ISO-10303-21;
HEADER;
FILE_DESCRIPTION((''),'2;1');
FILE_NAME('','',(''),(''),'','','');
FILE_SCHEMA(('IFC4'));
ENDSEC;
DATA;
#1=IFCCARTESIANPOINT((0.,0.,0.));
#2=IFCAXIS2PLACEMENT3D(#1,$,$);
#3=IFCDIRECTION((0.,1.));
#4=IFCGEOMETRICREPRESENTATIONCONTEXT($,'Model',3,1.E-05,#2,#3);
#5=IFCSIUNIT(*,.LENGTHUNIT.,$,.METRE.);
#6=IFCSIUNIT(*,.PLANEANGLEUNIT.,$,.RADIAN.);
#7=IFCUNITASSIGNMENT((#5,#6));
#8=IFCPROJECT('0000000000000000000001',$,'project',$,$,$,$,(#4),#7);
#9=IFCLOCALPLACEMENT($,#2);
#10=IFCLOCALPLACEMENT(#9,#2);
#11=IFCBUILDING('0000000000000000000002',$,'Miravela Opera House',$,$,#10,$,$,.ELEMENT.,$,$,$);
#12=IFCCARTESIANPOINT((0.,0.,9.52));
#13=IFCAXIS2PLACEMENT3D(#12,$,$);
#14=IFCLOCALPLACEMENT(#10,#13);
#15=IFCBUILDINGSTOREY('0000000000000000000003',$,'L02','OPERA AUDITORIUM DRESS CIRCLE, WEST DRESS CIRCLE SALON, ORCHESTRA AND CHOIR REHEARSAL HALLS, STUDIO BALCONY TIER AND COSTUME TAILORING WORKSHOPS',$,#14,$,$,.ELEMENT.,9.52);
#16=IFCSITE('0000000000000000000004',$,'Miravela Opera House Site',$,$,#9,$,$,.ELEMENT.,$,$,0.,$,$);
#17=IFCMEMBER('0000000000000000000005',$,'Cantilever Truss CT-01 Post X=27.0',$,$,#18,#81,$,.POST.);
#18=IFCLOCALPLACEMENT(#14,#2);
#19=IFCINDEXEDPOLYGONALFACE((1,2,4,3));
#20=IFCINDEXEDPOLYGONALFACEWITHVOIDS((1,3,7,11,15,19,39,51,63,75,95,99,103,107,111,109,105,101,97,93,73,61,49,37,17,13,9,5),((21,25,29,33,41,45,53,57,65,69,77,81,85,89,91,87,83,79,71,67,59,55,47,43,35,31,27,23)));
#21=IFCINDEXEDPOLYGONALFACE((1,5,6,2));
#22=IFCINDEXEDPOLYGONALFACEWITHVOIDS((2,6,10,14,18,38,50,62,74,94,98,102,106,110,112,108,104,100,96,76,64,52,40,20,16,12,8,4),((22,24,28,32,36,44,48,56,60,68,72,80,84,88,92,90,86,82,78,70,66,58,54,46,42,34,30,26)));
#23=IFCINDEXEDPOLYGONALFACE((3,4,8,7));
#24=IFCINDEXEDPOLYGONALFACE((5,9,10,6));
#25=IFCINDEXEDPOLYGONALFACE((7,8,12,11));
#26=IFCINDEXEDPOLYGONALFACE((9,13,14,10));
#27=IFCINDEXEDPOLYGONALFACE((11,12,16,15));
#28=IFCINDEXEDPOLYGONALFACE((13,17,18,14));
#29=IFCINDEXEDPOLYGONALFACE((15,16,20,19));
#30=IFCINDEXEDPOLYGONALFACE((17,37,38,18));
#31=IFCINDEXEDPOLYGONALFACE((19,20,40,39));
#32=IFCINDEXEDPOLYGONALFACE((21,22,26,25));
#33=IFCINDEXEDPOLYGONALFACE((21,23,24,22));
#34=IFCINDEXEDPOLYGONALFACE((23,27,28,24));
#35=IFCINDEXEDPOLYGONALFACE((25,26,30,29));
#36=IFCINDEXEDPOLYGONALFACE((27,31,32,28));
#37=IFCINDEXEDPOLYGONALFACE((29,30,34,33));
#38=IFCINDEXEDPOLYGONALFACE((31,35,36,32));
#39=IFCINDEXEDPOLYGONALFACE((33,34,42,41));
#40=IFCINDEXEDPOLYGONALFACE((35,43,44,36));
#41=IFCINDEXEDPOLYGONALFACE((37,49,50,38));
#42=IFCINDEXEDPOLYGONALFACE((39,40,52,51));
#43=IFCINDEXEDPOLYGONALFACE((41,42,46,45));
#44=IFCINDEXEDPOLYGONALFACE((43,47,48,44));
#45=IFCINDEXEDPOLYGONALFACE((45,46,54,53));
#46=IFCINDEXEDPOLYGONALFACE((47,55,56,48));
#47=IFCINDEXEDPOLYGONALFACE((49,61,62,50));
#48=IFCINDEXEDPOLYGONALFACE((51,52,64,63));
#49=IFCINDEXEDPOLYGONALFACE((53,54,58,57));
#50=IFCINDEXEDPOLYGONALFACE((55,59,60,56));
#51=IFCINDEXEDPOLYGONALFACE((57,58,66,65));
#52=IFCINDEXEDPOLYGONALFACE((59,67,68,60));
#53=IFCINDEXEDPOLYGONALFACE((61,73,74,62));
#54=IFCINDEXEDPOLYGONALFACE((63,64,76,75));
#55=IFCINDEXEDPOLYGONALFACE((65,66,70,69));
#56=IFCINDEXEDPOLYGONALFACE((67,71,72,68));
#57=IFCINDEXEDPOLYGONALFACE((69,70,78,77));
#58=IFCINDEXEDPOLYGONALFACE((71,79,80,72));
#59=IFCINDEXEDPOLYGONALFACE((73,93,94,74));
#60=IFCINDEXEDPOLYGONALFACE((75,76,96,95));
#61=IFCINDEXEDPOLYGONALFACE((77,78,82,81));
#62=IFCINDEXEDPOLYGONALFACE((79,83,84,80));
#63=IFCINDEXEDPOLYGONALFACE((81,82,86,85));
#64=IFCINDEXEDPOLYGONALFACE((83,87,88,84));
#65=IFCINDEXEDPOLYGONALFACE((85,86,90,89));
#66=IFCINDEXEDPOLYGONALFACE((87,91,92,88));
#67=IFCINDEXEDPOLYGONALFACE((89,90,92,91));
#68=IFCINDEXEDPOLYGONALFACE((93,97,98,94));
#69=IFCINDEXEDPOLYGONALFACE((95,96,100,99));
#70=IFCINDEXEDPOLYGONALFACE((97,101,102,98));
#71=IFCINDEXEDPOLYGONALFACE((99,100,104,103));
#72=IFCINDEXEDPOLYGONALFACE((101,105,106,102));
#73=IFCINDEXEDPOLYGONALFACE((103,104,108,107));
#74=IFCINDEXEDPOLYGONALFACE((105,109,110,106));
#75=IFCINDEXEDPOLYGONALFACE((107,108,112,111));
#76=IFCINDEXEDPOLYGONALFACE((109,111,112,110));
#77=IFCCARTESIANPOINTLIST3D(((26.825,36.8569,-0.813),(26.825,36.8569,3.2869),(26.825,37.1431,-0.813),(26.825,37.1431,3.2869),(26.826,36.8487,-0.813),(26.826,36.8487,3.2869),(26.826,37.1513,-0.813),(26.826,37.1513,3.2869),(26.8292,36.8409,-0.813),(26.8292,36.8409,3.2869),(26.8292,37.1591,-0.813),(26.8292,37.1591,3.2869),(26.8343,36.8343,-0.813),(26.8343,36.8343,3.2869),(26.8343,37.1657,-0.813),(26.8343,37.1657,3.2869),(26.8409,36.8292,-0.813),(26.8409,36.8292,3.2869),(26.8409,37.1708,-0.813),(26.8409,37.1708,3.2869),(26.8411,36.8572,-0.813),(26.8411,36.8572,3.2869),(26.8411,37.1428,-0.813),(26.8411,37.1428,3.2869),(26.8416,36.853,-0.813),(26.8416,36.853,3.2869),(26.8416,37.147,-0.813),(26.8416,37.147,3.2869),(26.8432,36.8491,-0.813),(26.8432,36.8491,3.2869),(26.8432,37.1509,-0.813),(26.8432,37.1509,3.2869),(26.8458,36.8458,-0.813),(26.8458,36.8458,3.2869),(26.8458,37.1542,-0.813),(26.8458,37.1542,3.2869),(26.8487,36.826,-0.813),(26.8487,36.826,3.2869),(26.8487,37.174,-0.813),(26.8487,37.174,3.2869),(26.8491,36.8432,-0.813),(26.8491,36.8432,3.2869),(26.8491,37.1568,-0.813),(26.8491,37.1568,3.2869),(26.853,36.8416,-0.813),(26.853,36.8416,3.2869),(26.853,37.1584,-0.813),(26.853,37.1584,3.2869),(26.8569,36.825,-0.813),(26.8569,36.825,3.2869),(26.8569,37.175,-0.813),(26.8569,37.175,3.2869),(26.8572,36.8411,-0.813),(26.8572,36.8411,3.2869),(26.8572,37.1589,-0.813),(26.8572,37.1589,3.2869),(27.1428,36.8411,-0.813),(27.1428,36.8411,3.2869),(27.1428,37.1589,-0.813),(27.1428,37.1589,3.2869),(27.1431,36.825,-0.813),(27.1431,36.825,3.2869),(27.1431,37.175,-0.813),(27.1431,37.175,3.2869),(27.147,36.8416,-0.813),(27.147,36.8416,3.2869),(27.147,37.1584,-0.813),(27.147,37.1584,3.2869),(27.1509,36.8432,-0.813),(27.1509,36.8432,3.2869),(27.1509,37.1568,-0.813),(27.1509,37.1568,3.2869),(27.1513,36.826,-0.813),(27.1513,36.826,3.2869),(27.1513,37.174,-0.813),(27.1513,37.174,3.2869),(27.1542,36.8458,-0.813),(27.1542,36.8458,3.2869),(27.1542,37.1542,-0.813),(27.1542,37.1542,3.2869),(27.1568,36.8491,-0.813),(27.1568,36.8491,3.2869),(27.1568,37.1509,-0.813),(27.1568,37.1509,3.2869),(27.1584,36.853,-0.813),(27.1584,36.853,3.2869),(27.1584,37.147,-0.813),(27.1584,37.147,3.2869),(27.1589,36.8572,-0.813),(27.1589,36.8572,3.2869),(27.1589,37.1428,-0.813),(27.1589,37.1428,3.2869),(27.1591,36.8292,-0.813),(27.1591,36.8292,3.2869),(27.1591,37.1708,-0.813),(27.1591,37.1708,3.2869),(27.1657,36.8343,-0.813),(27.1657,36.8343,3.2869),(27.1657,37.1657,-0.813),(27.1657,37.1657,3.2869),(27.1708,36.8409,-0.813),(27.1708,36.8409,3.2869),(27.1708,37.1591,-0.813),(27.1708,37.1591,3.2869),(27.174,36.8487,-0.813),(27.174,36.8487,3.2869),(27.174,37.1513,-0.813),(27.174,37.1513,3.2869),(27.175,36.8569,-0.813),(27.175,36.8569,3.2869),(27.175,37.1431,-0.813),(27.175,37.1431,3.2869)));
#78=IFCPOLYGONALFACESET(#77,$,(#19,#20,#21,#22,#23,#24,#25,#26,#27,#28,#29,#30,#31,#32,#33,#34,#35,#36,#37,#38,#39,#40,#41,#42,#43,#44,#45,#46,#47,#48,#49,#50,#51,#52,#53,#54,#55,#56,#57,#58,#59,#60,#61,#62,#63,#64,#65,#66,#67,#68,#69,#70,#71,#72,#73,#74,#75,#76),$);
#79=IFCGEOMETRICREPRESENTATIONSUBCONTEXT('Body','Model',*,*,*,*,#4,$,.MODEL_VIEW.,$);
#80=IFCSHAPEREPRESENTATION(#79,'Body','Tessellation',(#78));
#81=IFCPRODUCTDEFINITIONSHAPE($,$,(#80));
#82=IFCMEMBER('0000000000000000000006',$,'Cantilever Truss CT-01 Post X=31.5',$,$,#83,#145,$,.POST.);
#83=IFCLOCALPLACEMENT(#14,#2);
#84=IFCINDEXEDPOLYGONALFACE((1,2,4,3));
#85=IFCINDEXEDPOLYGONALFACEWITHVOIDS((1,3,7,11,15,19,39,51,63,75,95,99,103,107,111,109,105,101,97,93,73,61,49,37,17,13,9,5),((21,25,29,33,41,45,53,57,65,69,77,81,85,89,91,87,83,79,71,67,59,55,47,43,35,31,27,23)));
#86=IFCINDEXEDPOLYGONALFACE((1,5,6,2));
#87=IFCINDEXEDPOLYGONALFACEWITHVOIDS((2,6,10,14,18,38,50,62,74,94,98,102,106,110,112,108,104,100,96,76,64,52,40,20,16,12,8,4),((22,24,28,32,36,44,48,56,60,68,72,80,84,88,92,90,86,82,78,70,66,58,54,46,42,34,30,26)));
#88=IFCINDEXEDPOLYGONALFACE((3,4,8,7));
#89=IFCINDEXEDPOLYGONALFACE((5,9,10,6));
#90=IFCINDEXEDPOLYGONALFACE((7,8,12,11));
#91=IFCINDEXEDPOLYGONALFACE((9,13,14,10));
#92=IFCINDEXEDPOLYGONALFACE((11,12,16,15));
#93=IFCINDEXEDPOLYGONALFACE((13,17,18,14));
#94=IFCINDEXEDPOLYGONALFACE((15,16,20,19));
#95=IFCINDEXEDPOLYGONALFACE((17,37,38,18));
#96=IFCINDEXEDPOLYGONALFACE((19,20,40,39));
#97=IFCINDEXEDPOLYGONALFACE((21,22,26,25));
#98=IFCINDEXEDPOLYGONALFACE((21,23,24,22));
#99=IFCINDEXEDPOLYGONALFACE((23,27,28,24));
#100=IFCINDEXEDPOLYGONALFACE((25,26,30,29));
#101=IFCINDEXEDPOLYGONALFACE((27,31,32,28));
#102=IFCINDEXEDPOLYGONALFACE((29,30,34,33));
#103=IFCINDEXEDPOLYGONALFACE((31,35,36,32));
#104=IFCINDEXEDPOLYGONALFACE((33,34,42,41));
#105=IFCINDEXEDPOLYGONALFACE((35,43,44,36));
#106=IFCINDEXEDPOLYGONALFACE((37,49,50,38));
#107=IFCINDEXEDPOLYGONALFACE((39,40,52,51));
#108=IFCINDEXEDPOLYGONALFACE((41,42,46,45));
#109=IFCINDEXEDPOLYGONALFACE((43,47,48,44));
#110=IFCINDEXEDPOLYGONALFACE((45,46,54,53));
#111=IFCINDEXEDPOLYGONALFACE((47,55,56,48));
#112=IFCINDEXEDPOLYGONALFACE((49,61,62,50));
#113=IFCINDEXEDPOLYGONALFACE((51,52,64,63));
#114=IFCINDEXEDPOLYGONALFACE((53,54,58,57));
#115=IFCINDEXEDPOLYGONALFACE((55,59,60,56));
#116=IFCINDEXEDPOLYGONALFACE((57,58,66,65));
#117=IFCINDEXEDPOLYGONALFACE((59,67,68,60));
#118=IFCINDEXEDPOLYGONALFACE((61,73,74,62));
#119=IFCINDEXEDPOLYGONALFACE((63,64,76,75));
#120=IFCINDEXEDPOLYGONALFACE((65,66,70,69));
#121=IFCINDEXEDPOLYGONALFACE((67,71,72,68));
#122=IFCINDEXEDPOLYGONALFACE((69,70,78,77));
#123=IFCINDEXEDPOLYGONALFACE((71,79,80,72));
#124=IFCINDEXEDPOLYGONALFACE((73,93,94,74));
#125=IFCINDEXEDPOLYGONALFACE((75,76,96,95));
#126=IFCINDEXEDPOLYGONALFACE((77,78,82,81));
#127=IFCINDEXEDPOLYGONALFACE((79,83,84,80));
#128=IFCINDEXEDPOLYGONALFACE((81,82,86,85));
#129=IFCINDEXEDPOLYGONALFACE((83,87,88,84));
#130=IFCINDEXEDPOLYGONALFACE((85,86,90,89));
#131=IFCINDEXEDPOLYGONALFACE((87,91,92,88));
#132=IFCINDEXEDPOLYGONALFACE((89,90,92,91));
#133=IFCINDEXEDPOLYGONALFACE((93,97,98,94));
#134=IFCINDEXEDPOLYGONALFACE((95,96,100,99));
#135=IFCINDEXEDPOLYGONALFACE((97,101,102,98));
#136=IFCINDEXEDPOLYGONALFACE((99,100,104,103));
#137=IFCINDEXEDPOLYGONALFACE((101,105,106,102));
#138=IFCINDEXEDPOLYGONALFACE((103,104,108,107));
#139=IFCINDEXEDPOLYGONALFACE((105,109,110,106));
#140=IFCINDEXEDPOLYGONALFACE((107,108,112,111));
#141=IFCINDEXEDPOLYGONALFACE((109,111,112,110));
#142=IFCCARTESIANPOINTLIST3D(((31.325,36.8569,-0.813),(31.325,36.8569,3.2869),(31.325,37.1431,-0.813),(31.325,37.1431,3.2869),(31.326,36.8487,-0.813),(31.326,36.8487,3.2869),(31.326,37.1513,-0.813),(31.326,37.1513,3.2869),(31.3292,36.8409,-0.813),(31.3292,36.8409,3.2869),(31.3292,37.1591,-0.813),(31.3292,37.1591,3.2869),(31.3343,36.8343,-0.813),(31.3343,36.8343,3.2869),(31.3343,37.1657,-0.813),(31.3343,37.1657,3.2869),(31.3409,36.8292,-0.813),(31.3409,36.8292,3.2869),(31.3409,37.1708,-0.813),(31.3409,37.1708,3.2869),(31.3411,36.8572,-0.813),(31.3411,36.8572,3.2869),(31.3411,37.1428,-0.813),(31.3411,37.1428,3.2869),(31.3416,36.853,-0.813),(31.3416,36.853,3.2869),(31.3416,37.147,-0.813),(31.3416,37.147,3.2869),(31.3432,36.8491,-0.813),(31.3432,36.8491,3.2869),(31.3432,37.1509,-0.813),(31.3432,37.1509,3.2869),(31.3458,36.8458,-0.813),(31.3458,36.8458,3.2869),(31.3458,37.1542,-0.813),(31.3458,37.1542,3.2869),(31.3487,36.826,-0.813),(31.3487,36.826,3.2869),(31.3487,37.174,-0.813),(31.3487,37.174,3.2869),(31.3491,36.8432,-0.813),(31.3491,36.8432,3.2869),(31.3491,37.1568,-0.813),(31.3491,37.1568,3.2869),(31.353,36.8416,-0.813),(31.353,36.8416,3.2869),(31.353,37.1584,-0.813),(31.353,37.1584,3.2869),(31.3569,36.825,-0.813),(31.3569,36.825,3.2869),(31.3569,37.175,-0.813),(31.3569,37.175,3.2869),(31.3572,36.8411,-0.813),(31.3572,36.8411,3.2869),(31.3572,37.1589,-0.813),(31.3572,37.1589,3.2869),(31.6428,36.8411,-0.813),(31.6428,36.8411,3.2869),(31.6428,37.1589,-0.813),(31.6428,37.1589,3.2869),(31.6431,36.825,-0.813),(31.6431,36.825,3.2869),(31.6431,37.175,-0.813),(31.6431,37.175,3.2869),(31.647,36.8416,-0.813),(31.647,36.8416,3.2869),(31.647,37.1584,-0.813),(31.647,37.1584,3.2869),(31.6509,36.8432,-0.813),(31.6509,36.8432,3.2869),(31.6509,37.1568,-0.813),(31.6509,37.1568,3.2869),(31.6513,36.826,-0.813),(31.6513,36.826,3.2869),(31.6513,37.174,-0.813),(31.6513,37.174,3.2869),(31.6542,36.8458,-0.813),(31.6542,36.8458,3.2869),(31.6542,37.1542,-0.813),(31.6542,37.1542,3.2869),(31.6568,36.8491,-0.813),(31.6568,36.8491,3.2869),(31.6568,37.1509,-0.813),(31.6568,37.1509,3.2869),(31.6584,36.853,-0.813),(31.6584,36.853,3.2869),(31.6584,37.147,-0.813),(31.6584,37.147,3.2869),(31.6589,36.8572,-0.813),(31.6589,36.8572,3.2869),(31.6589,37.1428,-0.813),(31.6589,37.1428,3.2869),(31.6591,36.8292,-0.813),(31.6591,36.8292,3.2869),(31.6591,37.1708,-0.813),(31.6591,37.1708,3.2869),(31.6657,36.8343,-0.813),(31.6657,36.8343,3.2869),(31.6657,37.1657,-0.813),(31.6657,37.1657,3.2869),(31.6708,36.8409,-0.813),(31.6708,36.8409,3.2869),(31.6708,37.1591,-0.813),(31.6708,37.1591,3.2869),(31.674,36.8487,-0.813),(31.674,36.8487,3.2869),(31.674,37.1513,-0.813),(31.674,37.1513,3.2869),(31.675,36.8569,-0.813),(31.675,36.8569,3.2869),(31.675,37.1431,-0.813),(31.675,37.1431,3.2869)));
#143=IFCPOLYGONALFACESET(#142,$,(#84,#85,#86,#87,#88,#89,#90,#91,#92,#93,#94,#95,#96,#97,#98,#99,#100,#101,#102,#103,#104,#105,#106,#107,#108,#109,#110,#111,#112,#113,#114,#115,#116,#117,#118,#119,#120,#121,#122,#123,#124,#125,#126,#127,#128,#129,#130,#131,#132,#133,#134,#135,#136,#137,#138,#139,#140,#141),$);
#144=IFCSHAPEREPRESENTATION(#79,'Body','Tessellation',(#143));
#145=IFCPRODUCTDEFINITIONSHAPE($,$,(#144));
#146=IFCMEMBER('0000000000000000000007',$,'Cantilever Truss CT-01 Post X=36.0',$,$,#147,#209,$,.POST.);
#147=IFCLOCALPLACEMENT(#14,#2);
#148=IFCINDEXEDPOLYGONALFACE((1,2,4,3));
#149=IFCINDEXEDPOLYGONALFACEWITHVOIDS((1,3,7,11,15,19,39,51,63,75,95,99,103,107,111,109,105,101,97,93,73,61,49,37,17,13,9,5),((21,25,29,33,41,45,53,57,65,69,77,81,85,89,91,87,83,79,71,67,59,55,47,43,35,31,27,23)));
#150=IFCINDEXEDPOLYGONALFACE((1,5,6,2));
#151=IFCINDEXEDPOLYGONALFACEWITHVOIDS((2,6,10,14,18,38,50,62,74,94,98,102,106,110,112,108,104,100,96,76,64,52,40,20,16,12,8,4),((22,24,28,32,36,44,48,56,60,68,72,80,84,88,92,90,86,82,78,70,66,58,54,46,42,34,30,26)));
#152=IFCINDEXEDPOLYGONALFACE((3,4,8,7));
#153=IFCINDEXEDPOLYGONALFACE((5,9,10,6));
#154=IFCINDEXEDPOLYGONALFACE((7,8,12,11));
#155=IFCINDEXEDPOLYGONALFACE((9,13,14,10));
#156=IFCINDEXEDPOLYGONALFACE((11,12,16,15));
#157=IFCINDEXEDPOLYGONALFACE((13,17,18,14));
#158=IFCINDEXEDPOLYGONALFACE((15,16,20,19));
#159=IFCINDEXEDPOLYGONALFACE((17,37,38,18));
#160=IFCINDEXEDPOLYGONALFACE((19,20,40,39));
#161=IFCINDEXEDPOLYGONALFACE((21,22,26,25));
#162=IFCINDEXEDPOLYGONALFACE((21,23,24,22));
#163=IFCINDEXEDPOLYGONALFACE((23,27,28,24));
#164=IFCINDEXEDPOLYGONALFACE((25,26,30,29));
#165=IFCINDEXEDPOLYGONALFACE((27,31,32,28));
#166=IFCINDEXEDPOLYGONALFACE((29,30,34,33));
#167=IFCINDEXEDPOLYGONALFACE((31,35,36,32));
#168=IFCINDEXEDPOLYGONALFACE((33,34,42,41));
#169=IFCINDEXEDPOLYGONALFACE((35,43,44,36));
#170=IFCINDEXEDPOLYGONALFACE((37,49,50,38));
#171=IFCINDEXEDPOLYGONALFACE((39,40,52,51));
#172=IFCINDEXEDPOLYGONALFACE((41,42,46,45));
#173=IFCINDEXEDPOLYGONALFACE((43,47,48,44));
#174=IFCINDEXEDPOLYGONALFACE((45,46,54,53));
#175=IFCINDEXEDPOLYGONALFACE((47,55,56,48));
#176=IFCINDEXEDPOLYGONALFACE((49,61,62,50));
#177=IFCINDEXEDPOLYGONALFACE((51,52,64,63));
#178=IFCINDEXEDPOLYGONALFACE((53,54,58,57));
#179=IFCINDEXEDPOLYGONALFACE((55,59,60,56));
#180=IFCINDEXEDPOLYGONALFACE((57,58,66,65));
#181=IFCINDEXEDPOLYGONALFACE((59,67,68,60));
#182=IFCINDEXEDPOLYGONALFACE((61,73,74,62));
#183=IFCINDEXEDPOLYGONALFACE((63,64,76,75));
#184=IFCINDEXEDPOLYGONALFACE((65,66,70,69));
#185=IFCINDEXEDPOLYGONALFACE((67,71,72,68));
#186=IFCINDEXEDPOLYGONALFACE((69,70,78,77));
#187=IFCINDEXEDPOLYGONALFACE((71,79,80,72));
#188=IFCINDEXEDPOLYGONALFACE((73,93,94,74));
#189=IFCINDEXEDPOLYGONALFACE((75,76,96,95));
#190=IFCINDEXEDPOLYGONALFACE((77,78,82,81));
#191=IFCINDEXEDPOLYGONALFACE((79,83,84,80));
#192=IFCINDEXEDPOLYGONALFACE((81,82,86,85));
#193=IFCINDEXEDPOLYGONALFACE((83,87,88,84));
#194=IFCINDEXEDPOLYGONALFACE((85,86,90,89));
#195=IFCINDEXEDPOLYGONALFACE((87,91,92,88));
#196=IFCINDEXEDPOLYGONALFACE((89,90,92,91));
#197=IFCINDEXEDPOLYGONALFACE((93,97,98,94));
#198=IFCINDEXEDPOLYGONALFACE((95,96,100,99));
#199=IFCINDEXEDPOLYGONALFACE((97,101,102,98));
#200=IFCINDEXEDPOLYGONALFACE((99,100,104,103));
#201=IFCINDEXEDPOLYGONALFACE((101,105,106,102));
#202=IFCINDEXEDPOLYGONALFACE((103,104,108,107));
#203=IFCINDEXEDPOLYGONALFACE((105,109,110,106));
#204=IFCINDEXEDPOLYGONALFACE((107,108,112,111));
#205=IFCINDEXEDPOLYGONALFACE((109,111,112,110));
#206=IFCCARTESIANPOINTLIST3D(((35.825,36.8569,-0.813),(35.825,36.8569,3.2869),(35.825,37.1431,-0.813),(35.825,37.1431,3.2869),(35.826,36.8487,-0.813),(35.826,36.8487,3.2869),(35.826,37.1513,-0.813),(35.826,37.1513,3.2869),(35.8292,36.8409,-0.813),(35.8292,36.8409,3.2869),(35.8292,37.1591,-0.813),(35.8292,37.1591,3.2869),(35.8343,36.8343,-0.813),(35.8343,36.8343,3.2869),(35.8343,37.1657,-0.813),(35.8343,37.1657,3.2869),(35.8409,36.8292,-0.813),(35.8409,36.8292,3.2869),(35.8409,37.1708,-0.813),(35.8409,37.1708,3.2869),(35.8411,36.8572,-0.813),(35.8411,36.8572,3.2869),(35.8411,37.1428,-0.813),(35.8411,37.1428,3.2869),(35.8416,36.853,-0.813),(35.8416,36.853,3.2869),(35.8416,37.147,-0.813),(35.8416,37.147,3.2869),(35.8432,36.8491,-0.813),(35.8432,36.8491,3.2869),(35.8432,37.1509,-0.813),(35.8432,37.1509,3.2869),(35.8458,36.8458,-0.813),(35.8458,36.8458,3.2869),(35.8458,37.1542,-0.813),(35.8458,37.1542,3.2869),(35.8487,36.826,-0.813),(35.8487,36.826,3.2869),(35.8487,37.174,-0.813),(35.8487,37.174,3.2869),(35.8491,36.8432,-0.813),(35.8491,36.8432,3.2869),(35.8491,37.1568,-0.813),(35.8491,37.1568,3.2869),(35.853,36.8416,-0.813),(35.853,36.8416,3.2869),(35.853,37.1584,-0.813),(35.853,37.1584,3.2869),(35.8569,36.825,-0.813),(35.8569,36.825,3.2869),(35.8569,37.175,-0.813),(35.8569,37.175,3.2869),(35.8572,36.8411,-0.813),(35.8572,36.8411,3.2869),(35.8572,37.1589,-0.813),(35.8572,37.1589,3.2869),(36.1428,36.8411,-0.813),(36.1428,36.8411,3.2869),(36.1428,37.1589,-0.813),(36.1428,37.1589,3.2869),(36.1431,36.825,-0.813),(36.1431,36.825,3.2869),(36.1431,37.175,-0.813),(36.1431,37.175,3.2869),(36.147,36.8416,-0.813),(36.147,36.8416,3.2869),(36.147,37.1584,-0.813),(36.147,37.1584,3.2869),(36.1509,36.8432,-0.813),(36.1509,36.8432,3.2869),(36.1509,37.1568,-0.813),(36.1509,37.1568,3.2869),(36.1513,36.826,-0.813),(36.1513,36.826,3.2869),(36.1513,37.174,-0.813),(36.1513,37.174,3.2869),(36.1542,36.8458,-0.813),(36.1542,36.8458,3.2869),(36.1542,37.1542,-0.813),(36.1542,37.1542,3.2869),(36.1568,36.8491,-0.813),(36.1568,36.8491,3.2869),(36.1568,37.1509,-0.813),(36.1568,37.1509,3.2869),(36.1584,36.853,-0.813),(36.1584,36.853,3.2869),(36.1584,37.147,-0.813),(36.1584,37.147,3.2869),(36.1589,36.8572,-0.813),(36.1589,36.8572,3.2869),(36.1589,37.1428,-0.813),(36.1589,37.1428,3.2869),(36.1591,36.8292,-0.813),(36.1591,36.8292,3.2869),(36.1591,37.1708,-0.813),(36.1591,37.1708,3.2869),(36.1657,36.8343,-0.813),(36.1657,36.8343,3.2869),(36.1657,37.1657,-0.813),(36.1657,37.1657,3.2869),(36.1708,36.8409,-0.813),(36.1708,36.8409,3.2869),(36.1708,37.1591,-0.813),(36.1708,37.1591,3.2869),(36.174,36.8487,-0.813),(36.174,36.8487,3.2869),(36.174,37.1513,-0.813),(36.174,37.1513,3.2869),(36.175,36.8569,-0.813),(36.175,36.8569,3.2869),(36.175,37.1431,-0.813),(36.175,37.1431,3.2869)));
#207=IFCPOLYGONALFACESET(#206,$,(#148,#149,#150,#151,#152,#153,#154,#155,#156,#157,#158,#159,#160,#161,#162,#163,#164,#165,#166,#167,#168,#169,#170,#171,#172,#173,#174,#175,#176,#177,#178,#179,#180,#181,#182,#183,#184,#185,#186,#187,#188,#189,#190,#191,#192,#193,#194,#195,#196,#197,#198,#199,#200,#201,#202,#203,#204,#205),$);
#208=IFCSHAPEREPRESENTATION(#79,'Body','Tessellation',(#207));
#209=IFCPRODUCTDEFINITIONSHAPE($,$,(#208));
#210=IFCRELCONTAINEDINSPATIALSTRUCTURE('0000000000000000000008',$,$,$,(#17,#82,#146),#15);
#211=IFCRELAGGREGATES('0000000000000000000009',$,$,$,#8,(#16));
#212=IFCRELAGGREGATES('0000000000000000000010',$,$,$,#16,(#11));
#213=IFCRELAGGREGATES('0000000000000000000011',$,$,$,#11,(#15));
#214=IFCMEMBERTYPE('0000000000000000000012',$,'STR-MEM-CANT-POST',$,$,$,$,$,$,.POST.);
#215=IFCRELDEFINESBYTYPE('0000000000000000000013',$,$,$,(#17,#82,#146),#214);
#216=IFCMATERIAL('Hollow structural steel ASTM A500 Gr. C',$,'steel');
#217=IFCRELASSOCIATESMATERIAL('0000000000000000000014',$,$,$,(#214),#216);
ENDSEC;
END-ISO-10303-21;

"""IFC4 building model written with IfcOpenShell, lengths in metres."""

from ifc_helpers import new_model, si_unit, direction, frame, origin, origin_2d, place, context, subcontext, project, spatial, hollow_rectangle, extrude, material, material_profile, profile_set, type_object, element, save


model = new_model("IFC4")

# Units and contexts
model_context = context("Model", 3, precision=1e-05, world=origin(), true_north=direction((0.0, 1.0)))
body_context = subcontext(model_context, "Body", "Model", "MODEL_VIEW")
ifc_project = project(units=[si_unit("LENGTHUNIT", "METRE"), si_unit("PLANEANGLEUNIT", "RADIAN")], contexts=[model_context])

# Site, building, storey
site_placement = place(None, origin())
site = spatial("IfcSite", under=ifc_project, at=site_placement, Name="Miravela Opera House Site", CompositionType="ELEMENT", RefElevation=0.0)
building_placement = place(site_placement, origin())
building = spatial("IfcBuilding", under=site, at=building_placement, Name="Miravela Opera House", CompositionType="ELEMENT")
storey_placement = place(building_placement, frame((0.0, 0.0, 9.52)))
storey = spatial("IfcBuildingStorey", under=building, at=storey_placement, Name="L02", Description="OPERA AUDITORIUM DRESS CIRCLE, WEST DRESS CIRCLE SALON, ORCHESTRA AND CHOIR REHEARSAL HALLS, STUDIO BALCONY TIER AND COSTUME TAILORING WORKSHOPS", CompositionType="ELEMENT", Elevation=9.52)

# Members
ifc_material_1 = material(Name="Hollow structural steel ASTM A500 Gr. C", Category="steel")
ifc_material_profile_1 = material_profile(ifc_material_1, hollow_rectangle(XDim=0.3501, YDim=0.3501, WallThickness=0.0161, InnerFilletRadius=0.0161, OuterFilletRadius=0.032, at=origin_2d()), Name="HSS350X350X16")
ifc_profile_set_1 = profile_set([ifc_material_profile_1])
member_type_1 = type_object("IfcMemberType", Name="STR-MEM-CANT-POST", PredefinedType="POST", material=ifc_profile_set_1)
for number, where, z_axis, x_axis, name in (
    (1, (27.0, 37.0, -0.813), (0.0, 0.0, 1.0), (1.0, 0.0, 0.0), "Cantilever Truss CT-01 Post X=27.0"),
    (2, (31.5, 37.0, -0.813), (0.0, 0.0, 1.0), (1.0, 0.0, 0.0), "Cantilever Truss CT-01 Post X=31.5"),
    (3, (36.0, 37.0, -0.813), (0.0, 0.0, 1.0), (1.0, 0.0, 0.0), "Cantilever Truss CT-01 Post X=36.0"),
):
    element("IfcMember", number, at=place(storey_placement, frame(where, z_axis=z_axis, x_axis=x_axis)), inside=storey, type_object=member_type_1, Name=name, PredefinedType="POST", context=body_context, shape_type="SweptSolid", body=[
        extrude(hollow_rectangle(XDim=0.3501, YDim=0.3501, WallThickness=0.0161, InnerFilletRadius=0.0161, OuterFilletRadius=0.032, at=origin_2d()), origin(), (0.0, 0.0, 1.0), 4.0999),
    ])

save(model, "model.ifc")
